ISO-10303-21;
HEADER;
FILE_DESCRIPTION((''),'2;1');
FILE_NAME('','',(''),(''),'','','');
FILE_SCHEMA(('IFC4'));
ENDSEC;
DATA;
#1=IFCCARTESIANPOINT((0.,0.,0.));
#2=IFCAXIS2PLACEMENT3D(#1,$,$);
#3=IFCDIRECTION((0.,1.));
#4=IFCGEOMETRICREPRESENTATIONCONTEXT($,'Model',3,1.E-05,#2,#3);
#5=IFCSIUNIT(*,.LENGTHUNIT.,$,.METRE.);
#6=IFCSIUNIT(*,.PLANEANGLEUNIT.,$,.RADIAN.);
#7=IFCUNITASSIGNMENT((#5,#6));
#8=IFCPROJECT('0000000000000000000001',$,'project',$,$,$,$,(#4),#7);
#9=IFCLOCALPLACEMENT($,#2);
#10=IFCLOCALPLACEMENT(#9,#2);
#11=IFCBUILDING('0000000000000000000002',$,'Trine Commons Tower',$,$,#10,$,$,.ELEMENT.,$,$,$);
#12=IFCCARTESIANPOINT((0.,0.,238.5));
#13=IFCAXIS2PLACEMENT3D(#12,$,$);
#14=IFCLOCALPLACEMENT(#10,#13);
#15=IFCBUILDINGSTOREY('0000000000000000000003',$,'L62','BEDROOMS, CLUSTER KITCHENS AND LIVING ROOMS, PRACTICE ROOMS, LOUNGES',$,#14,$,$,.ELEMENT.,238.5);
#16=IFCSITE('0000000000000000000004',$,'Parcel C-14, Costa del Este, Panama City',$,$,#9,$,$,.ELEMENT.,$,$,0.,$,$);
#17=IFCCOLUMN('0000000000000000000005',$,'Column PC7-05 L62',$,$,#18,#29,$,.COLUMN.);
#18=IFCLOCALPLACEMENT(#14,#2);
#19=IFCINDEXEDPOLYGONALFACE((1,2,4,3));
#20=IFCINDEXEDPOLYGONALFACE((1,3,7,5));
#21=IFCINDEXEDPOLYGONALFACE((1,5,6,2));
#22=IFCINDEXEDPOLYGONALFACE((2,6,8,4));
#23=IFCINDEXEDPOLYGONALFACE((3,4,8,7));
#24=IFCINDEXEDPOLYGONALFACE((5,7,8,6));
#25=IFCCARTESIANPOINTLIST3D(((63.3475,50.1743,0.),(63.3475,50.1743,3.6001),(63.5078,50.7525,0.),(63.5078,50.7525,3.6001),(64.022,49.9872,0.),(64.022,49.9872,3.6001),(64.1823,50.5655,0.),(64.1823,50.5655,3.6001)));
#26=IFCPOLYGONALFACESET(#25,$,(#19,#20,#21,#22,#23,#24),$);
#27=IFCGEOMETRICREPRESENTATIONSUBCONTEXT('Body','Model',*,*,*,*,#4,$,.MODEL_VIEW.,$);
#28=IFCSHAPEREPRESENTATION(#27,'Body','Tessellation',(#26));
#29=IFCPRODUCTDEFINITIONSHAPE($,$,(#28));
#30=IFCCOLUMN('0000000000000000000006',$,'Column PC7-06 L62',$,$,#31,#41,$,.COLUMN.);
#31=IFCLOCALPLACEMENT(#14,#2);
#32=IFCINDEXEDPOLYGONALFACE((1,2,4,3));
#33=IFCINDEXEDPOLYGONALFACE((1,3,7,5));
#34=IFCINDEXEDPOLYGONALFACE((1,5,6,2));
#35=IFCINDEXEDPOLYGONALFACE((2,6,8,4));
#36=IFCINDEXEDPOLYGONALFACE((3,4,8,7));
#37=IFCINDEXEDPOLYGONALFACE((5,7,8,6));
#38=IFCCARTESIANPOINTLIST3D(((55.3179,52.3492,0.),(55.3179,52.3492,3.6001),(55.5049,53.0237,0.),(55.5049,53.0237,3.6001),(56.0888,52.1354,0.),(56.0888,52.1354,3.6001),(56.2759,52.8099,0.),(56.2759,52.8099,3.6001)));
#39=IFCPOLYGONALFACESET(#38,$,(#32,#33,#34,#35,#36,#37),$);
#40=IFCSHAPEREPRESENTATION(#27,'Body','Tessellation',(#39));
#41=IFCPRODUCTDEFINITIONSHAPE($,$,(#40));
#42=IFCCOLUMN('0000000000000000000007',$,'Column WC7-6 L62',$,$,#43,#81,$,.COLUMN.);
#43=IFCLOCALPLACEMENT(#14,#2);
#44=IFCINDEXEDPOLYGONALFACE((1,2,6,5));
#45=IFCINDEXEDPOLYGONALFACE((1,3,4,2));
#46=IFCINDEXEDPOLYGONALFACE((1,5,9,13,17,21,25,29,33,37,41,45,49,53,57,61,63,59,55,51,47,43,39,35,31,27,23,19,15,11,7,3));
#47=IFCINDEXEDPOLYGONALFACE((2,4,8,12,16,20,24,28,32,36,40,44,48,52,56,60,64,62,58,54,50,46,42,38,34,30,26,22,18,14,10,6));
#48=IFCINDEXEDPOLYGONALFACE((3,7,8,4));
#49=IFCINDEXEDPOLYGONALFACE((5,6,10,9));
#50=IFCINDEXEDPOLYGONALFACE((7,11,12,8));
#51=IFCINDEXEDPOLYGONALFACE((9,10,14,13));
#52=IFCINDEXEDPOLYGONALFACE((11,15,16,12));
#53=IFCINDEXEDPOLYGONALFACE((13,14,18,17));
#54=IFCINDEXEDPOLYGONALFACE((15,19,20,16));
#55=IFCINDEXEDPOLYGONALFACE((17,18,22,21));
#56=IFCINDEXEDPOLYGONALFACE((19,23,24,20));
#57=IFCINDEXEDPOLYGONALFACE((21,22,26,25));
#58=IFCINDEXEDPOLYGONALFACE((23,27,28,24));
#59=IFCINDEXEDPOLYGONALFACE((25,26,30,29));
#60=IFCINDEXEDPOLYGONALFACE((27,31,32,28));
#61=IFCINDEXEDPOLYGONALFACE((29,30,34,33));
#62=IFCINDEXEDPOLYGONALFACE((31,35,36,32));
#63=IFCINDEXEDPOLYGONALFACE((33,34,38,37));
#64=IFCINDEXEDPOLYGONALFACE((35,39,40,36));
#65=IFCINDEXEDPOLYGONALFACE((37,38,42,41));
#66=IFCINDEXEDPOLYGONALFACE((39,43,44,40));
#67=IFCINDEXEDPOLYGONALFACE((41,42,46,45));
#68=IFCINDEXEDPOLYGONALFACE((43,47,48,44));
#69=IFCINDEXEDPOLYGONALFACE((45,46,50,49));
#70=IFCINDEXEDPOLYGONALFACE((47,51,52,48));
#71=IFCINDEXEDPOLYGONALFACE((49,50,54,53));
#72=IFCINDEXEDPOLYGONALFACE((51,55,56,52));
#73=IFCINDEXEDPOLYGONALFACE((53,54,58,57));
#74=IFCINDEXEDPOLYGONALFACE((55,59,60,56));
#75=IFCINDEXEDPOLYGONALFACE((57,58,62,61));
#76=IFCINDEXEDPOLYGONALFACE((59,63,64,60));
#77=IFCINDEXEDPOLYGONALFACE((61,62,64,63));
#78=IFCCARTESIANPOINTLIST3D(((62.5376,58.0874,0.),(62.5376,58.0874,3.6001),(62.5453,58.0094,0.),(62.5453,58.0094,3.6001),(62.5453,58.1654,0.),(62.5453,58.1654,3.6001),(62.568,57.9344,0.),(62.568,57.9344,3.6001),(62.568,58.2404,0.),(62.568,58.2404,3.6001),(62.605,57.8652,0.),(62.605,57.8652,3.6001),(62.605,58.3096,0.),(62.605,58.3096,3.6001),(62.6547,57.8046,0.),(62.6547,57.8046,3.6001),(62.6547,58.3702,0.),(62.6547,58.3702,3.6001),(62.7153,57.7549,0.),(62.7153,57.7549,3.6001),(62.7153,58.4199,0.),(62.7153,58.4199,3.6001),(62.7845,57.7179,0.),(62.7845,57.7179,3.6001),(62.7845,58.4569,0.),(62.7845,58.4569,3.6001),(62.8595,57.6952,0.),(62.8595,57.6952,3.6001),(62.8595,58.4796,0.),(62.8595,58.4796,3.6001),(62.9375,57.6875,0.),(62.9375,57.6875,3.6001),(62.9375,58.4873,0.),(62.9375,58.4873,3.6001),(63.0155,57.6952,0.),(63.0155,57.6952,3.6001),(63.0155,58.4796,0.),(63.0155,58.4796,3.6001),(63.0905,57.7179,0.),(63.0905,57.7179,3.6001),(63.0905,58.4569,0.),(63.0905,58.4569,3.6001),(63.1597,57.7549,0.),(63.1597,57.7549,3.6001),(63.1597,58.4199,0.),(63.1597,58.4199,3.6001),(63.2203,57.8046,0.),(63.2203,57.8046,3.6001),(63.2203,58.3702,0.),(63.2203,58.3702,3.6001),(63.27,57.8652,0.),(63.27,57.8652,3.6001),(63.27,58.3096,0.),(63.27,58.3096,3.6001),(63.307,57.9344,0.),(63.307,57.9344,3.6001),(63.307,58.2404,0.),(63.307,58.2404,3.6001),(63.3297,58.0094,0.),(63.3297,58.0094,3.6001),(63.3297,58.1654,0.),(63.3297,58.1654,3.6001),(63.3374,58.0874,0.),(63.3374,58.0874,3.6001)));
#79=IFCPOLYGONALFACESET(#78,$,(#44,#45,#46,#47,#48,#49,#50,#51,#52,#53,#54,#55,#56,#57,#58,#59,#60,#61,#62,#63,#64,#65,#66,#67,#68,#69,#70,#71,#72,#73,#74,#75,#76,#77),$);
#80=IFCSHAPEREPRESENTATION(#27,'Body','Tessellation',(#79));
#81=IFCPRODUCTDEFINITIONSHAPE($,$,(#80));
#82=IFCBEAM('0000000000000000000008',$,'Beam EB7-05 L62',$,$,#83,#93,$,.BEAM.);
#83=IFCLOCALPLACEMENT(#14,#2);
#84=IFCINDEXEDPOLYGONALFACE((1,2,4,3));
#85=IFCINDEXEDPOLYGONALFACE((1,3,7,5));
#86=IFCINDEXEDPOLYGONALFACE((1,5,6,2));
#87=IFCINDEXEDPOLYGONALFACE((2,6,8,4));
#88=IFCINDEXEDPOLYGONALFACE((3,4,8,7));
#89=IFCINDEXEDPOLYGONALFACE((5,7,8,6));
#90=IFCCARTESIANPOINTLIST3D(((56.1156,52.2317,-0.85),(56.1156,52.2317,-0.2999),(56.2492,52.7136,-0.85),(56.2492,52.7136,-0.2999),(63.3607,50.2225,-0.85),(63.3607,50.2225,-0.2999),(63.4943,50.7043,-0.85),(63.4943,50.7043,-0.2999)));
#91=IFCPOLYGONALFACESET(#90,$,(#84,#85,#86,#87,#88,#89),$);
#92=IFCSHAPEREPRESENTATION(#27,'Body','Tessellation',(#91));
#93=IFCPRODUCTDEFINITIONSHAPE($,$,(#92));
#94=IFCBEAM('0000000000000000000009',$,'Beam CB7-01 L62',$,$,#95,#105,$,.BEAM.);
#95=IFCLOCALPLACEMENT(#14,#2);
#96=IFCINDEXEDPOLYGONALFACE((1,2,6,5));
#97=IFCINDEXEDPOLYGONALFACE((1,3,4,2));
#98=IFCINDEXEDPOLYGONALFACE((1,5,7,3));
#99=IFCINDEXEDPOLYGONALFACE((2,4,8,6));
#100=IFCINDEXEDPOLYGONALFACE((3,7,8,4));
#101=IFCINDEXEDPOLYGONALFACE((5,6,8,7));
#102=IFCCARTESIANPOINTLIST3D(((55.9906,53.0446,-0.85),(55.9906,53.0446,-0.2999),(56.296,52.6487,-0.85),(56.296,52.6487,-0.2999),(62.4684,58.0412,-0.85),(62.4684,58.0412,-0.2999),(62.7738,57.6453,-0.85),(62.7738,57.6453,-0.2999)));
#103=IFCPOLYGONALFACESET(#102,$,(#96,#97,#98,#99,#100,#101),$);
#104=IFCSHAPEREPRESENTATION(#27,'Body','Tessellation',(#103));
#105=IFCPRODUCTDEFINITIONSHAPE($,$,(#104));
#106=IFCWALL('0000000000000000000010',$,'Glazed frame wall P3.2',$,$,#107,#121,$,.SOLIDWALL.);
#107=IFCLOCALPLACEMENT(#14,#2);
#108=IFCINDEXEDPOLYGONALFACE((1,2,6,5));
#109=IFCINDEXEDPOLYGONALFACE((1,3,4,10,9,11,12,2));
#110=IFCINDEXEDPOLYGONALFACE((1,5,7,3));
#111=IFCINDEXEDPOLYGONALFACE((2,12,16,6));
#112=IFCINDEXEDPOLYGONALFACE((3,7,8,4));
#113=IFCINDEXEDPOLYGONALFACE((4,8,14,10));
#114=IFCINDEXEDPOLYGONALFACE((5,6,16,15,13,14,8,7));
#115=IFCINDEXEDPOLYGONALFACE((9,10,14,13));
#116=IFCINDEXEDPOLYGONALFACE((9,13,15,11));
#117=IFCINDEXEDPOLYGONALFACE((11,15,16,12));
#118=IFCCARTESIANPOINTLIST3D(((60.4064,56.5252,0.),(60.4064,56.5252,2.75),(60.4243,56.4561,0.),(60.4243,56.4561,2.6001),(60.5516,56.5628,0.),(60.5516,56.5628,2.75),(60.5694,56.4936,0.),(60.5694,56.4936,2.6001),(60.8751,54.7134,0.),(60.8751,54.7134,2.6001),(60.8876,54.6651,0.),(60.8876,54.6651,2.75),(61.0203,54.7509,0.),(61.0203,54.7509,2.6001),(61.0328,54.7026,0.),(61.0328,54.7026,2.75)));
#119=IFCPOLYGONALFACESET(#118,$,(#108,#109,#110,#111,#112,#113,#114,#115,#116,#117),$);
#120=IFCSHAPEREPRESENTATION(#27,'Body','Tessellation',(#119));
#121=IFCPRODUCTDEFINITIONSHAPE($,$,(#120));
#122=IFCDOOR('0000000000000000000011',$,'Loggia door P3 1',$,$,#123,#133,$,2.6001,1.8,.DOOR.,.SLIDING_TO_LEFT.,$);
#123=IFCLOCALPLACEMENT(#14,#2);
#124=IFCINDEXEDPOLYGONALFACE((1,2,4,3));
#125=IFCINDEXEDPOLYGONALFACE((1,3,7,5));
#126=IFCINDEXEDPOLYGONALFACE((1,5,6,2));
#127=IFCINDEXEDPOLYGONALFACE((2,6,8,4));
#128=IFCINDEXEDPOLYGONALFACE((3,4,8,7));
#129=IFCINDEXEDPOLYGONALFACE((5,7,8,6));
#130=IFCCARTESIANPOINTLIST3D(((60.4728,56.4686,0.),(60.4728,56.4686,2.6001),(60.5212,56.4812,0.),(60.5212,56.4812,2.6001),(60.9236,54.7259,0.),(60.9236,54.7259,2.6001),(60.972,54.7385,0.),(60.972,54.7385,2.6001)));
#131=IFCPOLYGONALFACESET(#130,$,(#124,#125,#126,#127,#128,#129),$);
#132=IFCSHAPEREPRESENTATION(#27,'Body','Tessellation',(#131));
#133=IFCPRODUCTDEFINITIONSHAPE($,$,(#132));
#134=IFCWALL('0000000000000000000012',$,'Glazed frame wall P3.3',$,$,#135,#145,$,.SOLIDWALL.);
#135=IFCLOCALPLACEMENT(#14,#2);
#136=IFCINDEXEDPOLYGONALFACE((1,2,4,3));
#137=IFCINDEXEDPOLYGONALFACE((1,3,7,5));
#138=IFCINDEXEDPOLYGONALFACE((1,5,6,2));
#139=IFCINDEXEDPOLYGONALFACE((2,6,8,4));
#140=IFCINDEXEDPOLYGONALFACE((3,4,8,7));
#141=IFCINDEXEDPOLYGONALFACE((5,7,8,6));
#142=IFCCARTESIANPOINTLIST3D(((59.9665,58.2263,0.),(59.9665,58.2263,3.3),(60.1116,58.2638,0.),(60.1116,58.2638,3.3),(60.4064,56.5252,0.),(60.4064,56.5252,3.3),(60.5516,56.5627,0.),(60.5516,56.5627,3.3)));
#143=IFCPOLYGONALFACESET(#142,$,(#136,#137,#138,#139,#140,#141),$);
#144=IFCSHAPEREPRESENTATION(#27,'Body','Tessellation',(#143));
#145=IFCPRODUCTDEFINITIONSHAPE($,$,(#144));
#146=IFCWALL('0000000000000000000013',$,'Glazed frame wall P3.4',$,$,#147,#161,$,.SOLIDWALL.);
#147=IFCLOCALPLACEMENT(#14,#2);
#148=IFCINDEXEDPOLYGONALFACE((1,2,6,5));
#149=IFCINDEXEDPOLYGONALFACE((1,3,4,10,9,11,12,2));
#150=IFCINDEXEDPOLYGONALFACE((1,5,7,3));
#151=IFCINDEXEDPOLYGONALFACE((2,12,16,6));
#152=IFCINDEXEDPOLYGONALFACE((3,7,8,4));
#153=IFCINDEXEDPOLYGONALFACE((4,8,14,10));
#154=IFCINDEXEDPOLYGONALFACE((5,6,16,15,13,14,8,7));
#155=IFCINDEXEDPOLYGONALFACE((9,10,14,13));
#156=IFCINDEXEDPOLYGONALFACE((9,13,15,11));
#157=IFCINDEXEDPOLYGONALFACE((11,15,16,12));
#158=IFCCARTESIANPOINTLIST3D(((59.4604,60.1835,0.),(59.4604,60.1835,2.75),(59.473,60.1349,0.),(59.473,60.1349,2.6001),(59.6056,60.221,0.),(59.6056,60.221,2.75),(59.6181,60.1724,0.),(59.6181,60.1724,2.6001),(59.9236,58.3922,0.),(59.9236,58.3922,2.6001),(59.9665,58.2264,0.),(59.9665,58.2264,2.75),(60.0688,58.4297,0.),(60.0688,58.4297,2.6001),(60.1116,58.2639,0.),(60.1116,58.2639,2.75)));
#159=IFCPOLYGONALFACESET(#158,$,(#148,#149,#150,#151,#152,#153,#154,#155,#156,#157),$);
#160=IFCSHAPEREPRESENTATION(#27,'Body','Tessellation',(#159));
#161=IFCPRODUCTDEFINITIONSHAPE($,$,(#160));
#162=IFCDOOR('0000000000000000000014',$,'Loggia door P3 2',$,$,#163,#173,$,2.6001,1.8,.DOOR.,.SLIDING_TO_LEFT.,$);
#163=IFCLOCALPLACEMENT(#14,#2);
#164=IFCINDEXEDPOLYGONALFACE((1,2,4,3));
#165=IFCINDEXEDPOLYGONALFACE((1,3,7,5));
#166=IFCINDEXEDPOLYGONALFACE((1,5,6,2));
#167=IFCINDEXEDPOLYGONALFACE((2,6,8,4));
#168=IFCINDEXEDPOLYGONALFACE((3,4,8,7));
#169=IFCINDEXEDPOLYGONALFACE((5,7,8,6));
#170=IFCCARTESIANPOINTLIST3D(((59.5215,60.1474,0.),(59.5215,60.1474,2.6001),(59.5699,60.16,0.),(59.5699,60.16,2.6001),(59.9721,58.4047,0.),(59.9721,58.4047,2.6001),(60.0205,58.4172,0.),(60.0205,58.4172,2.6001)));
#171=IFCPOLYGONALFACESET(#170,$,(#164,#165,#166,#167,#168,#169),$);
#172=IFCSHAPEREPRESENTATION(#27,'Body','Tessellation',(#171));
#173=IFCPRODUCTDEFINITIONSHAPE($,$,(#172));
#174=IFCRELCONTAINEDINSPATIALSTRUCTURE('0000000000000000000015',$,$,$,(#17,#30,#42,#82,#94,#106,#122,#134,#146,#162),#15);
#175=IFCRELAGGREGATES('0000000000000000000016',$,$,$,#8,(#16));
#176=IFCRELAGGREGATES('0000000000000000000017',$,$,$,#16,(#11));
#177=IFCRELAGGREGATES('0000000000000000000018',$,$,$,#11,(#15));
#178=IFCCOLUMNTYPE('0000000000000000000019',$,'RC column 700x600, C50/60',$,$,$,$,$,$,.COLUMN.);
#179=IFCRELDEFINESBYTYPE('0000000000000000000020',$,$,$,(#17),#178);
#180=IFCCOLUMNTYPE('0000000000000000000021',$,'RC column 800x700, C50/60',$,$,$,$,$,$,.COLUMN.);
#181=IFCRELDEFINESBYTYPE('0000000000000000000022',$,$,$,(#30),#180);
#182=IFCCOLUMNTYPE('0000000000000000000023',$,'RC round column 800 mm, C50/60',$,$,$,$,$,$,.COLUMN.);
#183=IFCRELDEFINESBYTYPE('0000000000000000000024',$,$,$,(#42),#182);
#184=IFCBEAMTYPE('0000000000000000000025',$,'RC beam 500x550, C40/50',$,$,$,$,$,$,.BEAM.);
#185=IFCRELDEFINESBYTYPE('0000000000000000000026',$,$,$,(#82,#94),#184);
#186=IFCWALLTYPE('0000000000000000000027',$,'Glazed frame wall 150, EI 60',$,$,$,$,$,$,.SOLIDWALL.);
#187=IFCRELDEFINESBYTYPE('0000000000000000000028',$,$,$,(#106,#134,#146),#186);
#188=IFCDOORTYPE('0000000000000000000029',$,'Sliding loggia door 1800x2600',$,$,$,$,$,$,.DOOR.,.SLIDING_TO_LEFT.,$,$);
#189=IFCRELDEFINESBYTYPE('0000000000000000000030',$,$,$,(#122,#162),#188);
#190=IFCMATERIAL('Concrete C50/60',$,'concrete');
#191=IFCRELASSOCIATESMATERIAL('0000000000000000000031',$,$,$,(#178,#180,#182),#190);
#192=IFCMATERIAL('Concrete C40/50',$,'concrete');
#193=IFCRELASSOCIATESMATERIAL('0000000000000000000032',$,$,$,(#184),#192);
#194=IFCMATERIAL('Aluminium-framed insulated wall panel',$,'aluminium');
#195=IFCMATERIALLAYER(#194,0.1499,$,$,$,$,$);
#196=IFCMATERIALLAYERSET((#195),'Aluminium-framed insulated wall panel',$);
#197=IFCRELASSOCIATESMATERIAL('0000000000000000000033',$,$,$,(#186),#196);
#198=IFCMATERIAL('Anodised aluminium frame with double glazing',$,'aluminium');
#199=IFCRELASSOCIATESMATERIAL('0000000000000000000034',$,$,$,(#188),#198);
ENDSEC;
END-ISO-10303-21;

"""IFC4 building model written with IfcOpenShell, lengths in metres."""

from ifc_helpers import new_model, si_unit, direction, frame, frame_2d, origin, origin_2d, place, context, subcontext, project, spatial, polyline, rectangle, circle, outline, extrude, material, layer, layer_set, material_profile, profile_set, type_object, element, fill, save


model = new_model("IFC4")

# Units and contexts
model_context = context("Model", 3, precision=1e-05, world=origin(), true_north=direction((0.0, 1.0)))
body_context = subcontext(model_context, "Body", "Model", "MODEL_VIEW")
ifc_project = project(units=[si_unit("LENGTHUNIT", "METRE"), si_unit("PLANEANGLEUNIT", "RADIAN")], contexts=[model_context])

# Site, building, storey
site_placement = place(None, origin())
site = spatial("IfcSite", under=ifc_project, at=site_placement, Name="Parcel C-14, Costa del Este, Panama City", CompositionType="ELEMENT", RefElevation=0.0)
building_placement = place(site_placement, origin())
building = spatial("IfcBuilding", under=site, at=building_placement, Name="Trine Commons Tower", CompositionType="ELEMENT")
storey_placement = place(building_placement, frame((0.0, 0.0, 238.5)))
storey = spatial("IfcBuildingStorey", under=building, at=storey_placement, Name="L62", Description="BEDROOMS, CLUSTER KITCHENS AND LIVING ROOMS, PRACTICE ROOMS, LOUNGES", CompositionType="ELEMENT", Elevation=238.5)

# Columns
ifc_material_1 = material(Name="Concrete C50/60", Category="concrete")
ifc_material_profile_1 = material_profile(ifc_material_1, rectangle(XDim=0.7, YDim=0.6001, at=origin_2d()), Name="RC 700x600")
ifc_profile_set_1 = profile_set([ifc_material_profile_1], Name="Concrete C50/60")
column_type_1 = type_object("IfcColumnType", Name="RC column 700x600, C50/60", PredefinedType="COLUMN", material=ifc_profile_set_1)
column_1_placement = place(storey_placement, frame((63.7649, 50.3699, 0.0), z_axis=(0.0, 0.0, 1.0), x_axis=(-0.96363, 0.267238, 0.0)))
element("IfcColumn", 1, at=column_1_placement, inside=storey, type_object=column_type_1, Name="Column PC7-05 L62", PredefinedType="COLUMN", context=body_context, shape_type="SweptSolid", body=[
    extrude(rectangle(XDim=0.7, YDim=0.6001, at=origin_2d()), origin(), (0.0, 0.0, 1.0), 3.6001),
])
ifc_material_profile_2 = material_profile(ifc_material_1, rectangle(XDim=0.8, YDim=0.7, at=origin_2d()), Name="RC 800x700")
ifc_profile_set_2 = profile_set([ifc_material_profile_2], Name="Concrete C50/60")
column_type_2 = type_object("IfcColumnType", Name="RC column 800x700, C50/60", PredefinedType="COLUMN", material=ifc_profile_set_2)
column_2_placement = place(storey_placement, frame((55.7969, 52.5796, 0.0), z_axis=(0.0, 0.0, 1.0), x_axis=(-0.96363, 0.267238, 0.0)))
element("IfcColumn", 2, at=column_2_placement, inside=storey, type_object=column_type_2, Name="Column PC7-06 L62", PredefinedType="COLUMN", context=body_context, shape_type="SweptSolid", body=[
    extrude(rectangle(XDim=0.8, YDim=0.7, at=origin_2d()), origin(), (0.0, 0.0, 1.0), 3.6001),
])
ifc_material_profile_3 = material_profile(ifc_material_1, circle(Radius=0.3999, at=origin_2d()), Name="RC round 800")
ifc_profile_set_3 = profile_set([ifc_material_profile_3], Name="Concrete C50/60")
column_type_3 = type_object("IfcColumnType", Name="RC round column 800 mm, C50/60", PredefinedType="COLUMN", material=ifc_profile_set_3)
column_3_placement = place(storey_placement, frame((62.9375, 58.0874, 0.0), z_axis=(0.0, 0.0, 1.0), x_axis=(1.0, 0.0, 0.0)))
element("IfcColumn", 3, at=column_3_placement, inside=storey, type_object=column_type_3, Name="Column WC7-6 L62", PredefinedType="COLUMN", context=body_context, shape_type="SweptSolid", body=[
    extrude(circle(Radius=0.3999, at=origin_2d()), origin(), (0.0, 0.0, 1.0), 3.6001),
])

# Beams
ifc_material_2 = material(Name="Concrete C40/50", Category="concrete")
ifc_material_profile_4 = material_profile(ifc_material_2, rectangle(XDim=0.5, YDim=0.55, at=origin_2d()), Name="RC 500x550")
ifc_profile_set_4 = profile_set([ifc_material_profile_4], Name="Concrete C40/50")
beam_type = type_object("IfcBeamType", Name="RC beam 500x550, C40/50", PredefinedType="BEAM", material=ifc_profile_set_4)
beam_1_placement = place(storey_placement, frame((63.4275, 50.4634, -0.575), z_axis=(-0.963629, 0.267242, 0.0), x_axis=(-0.267242, -0.963629, 0.0)))
element("IfcBeam", 4, at=beam_1_placement, inside=storey, type_object=beam_type, Name="Beam EB7-05 L62", PredefinedType="BEAM", context=body_context, shape_type="SweptSolid", body=[
    extrude(rectangle(XDim=0.5, YDim=0.55, at=origin_2d()), origin(), (0.0, 0.0, 1.0), 7.5186),
])
beam_2_placement = place(storey_placement, frame((56.1433, 52.8467, -0.575), z_axis=(0.791816, 0.61076, 0.0), x_axis=(-0.61076, 0.791816, 0.0)))
element("IfcBeam", 5, at=beam_2_placement, inside=storey, type_object=beam_type, Name="Beam CB7-01 L62", PredefinedType="BEAM", context=body_context, shape_type="SweptSolid", body=[
    extrude(rectangle(XDim=0.5, YDim=0.55, at=origin_2d()), origin(), (0.0, 0.0, 1.0), 8.1809),
])

# Shared definitions
ifc_material_3 = material(Name="Aluminium-framed insulated wall panel", Category="aluminium")
ifc_layer_1 = layer(ifc_material_3, 0.1499)
ifc_layer_set_1 = layer_set([ifc_layer_1], Name="Aluminium-framed insulated wall panel")
wall_type_1 = type_object("IfcWallType", Name="Glazed frame wall 150, EI 60", PredefinedType="SOLIDWALL", material=ifc_layer_set_1)

# Wall, opening, door
wall_1_placement = place(storey_placement, frame((60.9602, 54.6838, 0.0), z_axis=(0.0, 0.0, 1.0), x_axis=(-0.250451, 0.968129, 0.0)))
wall_1 = element("IfcWall", 6, at=wall_1_placement, inside=storey, type_object=wall_type_1, Name="Glazed frame wall P3.2", PredefinedType="SOLIDWALL", context=body_context, shape_type="SweptSolid", body=[
    extrude(outline(polyline([(0.0, -0.075), (1.9214, -0.075), (1.9214, 0.075), (0.0, 0.075), (0.0, -0.075)])), origin(), (0.0, 0.0, 1.0), 2.75),
])
opening_1_placement = place(wall_1_placement, frame((0.05, 0.0, 0.0)))
opening_1 = element("IfcOpeningElement", 7, at=opening_1_placement, cuts=wall_1, PredefinedType="OPENING", context=body_context, shape_type="SweptSolid", body=[
    extrude(rectangle(XDim=1.8, YDim=2.6001, at=frame_2d((0.8999, 1.3))), frame((0.0, 0.085, 0.0), z_axis=(0.0, -1.0, 0.0), x_axis=(1.0, 0.0, 0.0)), (0.0, 0.0, 1.0), 0.1699),
])
ifc_material_4 = material(Name="Anodised aluminium frame with double glazing", Category="aluminium")
door_type_1 = type_object("IfcDoorType", Name="Sliding loggia door 1800x2600", OperationType="SLIDING_TO_LEFT", PredefinedType="DOOR", material=ifc_material_4)
door_1_placement = place(opening_1_placement, origin())
door_1 = element("IfcDoor", 8, at=door_1_placement, inside=storey, type_object=door_type_1, Name="Loggia door P3 1", OperationType="SLIDING_TO_LEFT", OverallHeight=2.6001, OverallWidth=1.8, PredefinedType="DOOR", context=body_context, shape_type="SweptSolid", body=[
    extrude(rectangle(XDim=1.8, YDim=2.6001, at=frame_2d((0.8999, 1.3))), frame((0.0, 0.0249, 0.0), z_axis=(0.0, -1.0, 0.0), x_axis=(1.0, 0.0, 0.0)), (0.0, 0.0, 1.0), 0.05),
])
fill(opening_1, door_1)

# Wall
wall_2_placement = place(storey_placement, frame((60.479, 56.5439, 0.0), z_axis=(0.0, 0.0, 1.0), x_axis=(-0.250374, 0.968149, 0.0)))
element("IfcWall", 9, at=wall_2_placement, inside=storey, type_object=wall_type_1, Name="Glazed frame wall P3.3", PredefinedType="SOLIDWALL", context=body_context, shape_type="SweptSolid", body=[
    extrude(outline(polyline([(0.0, -0.075), (1.7571, -0.075), (1.7571, 0.075), (0.0, 0.075), (0.0, -0.075)])), origin(), (0.0, 0.0, 1.0), 3.3),
])

# Wall, opening, door
wall_3_placement = place(storey_placement, frame((60.0391, 58.2451, 0.0), z_axis=(0.0, 0.0, 1.0), x_axis=(-0.250342, 0.968158, 0.0)))
wall_3 = element("IfcWall", 10, at=wall_3_placement, inside=storey, type_object=wall_type_1, Name="Glazed frame wall P3.4", PredefinedType="SOLIDWALL", context=body_context, shape_type="SweptSolid", body=[
    extrude(outline(polyline([(0.0, -0.075), (2.0215, -0.075), (2.0215, 0.075), (0.0, 0.075), (0.0, -0.075)])), origin(), (0.0, 0.0, 1.0), 2.75),
])
opening_2_placement = place(wall_3_placement, frame((0.1714, 0.0, 0.0)))
opening_2 = element("IfcOpeningElement", 11, at=opening_2_placement, cuts=wall_3, PredefinedType="OPENING", context=body_context, shape_type="SweptSolid", body=[
    extrude(rectangle(XDim=1.8, YDim=2.6001, at=frame_2d((0.8999, 1.3))), frame((0.0, 0.085, 0.0), z_axis=(0.0, -1.0, 0.0), x_axis=(1.0, 0.0, 0.0)), (0.0, 0.0, 1.0), 0.1699),
])
door_2_placement = place(opening_2_placement, origin())
door_2 = element("IfcDoor", 12, at=door_2_placement, inside=storey, type_object=door_type_1, Name="Loggia door P3 2", OperationType="SLIDING_TO_LEFT", OverallHeight=2.6001, OverallWidth=1.8, PredefinedType="DOOR", context=body_context, shape_type="SweptSolid", body=[
    extrude(rectangle(XDim=1.8, YDim=2.6001, at=frame_2d((0.8999, 1.3))), frame((0.0, 0.0249, 0.0), z_axis=(0.0, -1.0, 0.0), x_axis=(1.0, 0.0, 0.0)), (0.0, 0.0, 1.0), 0.05),
])
fill(opening_2, door_2)

save(model, "model.ifc")
